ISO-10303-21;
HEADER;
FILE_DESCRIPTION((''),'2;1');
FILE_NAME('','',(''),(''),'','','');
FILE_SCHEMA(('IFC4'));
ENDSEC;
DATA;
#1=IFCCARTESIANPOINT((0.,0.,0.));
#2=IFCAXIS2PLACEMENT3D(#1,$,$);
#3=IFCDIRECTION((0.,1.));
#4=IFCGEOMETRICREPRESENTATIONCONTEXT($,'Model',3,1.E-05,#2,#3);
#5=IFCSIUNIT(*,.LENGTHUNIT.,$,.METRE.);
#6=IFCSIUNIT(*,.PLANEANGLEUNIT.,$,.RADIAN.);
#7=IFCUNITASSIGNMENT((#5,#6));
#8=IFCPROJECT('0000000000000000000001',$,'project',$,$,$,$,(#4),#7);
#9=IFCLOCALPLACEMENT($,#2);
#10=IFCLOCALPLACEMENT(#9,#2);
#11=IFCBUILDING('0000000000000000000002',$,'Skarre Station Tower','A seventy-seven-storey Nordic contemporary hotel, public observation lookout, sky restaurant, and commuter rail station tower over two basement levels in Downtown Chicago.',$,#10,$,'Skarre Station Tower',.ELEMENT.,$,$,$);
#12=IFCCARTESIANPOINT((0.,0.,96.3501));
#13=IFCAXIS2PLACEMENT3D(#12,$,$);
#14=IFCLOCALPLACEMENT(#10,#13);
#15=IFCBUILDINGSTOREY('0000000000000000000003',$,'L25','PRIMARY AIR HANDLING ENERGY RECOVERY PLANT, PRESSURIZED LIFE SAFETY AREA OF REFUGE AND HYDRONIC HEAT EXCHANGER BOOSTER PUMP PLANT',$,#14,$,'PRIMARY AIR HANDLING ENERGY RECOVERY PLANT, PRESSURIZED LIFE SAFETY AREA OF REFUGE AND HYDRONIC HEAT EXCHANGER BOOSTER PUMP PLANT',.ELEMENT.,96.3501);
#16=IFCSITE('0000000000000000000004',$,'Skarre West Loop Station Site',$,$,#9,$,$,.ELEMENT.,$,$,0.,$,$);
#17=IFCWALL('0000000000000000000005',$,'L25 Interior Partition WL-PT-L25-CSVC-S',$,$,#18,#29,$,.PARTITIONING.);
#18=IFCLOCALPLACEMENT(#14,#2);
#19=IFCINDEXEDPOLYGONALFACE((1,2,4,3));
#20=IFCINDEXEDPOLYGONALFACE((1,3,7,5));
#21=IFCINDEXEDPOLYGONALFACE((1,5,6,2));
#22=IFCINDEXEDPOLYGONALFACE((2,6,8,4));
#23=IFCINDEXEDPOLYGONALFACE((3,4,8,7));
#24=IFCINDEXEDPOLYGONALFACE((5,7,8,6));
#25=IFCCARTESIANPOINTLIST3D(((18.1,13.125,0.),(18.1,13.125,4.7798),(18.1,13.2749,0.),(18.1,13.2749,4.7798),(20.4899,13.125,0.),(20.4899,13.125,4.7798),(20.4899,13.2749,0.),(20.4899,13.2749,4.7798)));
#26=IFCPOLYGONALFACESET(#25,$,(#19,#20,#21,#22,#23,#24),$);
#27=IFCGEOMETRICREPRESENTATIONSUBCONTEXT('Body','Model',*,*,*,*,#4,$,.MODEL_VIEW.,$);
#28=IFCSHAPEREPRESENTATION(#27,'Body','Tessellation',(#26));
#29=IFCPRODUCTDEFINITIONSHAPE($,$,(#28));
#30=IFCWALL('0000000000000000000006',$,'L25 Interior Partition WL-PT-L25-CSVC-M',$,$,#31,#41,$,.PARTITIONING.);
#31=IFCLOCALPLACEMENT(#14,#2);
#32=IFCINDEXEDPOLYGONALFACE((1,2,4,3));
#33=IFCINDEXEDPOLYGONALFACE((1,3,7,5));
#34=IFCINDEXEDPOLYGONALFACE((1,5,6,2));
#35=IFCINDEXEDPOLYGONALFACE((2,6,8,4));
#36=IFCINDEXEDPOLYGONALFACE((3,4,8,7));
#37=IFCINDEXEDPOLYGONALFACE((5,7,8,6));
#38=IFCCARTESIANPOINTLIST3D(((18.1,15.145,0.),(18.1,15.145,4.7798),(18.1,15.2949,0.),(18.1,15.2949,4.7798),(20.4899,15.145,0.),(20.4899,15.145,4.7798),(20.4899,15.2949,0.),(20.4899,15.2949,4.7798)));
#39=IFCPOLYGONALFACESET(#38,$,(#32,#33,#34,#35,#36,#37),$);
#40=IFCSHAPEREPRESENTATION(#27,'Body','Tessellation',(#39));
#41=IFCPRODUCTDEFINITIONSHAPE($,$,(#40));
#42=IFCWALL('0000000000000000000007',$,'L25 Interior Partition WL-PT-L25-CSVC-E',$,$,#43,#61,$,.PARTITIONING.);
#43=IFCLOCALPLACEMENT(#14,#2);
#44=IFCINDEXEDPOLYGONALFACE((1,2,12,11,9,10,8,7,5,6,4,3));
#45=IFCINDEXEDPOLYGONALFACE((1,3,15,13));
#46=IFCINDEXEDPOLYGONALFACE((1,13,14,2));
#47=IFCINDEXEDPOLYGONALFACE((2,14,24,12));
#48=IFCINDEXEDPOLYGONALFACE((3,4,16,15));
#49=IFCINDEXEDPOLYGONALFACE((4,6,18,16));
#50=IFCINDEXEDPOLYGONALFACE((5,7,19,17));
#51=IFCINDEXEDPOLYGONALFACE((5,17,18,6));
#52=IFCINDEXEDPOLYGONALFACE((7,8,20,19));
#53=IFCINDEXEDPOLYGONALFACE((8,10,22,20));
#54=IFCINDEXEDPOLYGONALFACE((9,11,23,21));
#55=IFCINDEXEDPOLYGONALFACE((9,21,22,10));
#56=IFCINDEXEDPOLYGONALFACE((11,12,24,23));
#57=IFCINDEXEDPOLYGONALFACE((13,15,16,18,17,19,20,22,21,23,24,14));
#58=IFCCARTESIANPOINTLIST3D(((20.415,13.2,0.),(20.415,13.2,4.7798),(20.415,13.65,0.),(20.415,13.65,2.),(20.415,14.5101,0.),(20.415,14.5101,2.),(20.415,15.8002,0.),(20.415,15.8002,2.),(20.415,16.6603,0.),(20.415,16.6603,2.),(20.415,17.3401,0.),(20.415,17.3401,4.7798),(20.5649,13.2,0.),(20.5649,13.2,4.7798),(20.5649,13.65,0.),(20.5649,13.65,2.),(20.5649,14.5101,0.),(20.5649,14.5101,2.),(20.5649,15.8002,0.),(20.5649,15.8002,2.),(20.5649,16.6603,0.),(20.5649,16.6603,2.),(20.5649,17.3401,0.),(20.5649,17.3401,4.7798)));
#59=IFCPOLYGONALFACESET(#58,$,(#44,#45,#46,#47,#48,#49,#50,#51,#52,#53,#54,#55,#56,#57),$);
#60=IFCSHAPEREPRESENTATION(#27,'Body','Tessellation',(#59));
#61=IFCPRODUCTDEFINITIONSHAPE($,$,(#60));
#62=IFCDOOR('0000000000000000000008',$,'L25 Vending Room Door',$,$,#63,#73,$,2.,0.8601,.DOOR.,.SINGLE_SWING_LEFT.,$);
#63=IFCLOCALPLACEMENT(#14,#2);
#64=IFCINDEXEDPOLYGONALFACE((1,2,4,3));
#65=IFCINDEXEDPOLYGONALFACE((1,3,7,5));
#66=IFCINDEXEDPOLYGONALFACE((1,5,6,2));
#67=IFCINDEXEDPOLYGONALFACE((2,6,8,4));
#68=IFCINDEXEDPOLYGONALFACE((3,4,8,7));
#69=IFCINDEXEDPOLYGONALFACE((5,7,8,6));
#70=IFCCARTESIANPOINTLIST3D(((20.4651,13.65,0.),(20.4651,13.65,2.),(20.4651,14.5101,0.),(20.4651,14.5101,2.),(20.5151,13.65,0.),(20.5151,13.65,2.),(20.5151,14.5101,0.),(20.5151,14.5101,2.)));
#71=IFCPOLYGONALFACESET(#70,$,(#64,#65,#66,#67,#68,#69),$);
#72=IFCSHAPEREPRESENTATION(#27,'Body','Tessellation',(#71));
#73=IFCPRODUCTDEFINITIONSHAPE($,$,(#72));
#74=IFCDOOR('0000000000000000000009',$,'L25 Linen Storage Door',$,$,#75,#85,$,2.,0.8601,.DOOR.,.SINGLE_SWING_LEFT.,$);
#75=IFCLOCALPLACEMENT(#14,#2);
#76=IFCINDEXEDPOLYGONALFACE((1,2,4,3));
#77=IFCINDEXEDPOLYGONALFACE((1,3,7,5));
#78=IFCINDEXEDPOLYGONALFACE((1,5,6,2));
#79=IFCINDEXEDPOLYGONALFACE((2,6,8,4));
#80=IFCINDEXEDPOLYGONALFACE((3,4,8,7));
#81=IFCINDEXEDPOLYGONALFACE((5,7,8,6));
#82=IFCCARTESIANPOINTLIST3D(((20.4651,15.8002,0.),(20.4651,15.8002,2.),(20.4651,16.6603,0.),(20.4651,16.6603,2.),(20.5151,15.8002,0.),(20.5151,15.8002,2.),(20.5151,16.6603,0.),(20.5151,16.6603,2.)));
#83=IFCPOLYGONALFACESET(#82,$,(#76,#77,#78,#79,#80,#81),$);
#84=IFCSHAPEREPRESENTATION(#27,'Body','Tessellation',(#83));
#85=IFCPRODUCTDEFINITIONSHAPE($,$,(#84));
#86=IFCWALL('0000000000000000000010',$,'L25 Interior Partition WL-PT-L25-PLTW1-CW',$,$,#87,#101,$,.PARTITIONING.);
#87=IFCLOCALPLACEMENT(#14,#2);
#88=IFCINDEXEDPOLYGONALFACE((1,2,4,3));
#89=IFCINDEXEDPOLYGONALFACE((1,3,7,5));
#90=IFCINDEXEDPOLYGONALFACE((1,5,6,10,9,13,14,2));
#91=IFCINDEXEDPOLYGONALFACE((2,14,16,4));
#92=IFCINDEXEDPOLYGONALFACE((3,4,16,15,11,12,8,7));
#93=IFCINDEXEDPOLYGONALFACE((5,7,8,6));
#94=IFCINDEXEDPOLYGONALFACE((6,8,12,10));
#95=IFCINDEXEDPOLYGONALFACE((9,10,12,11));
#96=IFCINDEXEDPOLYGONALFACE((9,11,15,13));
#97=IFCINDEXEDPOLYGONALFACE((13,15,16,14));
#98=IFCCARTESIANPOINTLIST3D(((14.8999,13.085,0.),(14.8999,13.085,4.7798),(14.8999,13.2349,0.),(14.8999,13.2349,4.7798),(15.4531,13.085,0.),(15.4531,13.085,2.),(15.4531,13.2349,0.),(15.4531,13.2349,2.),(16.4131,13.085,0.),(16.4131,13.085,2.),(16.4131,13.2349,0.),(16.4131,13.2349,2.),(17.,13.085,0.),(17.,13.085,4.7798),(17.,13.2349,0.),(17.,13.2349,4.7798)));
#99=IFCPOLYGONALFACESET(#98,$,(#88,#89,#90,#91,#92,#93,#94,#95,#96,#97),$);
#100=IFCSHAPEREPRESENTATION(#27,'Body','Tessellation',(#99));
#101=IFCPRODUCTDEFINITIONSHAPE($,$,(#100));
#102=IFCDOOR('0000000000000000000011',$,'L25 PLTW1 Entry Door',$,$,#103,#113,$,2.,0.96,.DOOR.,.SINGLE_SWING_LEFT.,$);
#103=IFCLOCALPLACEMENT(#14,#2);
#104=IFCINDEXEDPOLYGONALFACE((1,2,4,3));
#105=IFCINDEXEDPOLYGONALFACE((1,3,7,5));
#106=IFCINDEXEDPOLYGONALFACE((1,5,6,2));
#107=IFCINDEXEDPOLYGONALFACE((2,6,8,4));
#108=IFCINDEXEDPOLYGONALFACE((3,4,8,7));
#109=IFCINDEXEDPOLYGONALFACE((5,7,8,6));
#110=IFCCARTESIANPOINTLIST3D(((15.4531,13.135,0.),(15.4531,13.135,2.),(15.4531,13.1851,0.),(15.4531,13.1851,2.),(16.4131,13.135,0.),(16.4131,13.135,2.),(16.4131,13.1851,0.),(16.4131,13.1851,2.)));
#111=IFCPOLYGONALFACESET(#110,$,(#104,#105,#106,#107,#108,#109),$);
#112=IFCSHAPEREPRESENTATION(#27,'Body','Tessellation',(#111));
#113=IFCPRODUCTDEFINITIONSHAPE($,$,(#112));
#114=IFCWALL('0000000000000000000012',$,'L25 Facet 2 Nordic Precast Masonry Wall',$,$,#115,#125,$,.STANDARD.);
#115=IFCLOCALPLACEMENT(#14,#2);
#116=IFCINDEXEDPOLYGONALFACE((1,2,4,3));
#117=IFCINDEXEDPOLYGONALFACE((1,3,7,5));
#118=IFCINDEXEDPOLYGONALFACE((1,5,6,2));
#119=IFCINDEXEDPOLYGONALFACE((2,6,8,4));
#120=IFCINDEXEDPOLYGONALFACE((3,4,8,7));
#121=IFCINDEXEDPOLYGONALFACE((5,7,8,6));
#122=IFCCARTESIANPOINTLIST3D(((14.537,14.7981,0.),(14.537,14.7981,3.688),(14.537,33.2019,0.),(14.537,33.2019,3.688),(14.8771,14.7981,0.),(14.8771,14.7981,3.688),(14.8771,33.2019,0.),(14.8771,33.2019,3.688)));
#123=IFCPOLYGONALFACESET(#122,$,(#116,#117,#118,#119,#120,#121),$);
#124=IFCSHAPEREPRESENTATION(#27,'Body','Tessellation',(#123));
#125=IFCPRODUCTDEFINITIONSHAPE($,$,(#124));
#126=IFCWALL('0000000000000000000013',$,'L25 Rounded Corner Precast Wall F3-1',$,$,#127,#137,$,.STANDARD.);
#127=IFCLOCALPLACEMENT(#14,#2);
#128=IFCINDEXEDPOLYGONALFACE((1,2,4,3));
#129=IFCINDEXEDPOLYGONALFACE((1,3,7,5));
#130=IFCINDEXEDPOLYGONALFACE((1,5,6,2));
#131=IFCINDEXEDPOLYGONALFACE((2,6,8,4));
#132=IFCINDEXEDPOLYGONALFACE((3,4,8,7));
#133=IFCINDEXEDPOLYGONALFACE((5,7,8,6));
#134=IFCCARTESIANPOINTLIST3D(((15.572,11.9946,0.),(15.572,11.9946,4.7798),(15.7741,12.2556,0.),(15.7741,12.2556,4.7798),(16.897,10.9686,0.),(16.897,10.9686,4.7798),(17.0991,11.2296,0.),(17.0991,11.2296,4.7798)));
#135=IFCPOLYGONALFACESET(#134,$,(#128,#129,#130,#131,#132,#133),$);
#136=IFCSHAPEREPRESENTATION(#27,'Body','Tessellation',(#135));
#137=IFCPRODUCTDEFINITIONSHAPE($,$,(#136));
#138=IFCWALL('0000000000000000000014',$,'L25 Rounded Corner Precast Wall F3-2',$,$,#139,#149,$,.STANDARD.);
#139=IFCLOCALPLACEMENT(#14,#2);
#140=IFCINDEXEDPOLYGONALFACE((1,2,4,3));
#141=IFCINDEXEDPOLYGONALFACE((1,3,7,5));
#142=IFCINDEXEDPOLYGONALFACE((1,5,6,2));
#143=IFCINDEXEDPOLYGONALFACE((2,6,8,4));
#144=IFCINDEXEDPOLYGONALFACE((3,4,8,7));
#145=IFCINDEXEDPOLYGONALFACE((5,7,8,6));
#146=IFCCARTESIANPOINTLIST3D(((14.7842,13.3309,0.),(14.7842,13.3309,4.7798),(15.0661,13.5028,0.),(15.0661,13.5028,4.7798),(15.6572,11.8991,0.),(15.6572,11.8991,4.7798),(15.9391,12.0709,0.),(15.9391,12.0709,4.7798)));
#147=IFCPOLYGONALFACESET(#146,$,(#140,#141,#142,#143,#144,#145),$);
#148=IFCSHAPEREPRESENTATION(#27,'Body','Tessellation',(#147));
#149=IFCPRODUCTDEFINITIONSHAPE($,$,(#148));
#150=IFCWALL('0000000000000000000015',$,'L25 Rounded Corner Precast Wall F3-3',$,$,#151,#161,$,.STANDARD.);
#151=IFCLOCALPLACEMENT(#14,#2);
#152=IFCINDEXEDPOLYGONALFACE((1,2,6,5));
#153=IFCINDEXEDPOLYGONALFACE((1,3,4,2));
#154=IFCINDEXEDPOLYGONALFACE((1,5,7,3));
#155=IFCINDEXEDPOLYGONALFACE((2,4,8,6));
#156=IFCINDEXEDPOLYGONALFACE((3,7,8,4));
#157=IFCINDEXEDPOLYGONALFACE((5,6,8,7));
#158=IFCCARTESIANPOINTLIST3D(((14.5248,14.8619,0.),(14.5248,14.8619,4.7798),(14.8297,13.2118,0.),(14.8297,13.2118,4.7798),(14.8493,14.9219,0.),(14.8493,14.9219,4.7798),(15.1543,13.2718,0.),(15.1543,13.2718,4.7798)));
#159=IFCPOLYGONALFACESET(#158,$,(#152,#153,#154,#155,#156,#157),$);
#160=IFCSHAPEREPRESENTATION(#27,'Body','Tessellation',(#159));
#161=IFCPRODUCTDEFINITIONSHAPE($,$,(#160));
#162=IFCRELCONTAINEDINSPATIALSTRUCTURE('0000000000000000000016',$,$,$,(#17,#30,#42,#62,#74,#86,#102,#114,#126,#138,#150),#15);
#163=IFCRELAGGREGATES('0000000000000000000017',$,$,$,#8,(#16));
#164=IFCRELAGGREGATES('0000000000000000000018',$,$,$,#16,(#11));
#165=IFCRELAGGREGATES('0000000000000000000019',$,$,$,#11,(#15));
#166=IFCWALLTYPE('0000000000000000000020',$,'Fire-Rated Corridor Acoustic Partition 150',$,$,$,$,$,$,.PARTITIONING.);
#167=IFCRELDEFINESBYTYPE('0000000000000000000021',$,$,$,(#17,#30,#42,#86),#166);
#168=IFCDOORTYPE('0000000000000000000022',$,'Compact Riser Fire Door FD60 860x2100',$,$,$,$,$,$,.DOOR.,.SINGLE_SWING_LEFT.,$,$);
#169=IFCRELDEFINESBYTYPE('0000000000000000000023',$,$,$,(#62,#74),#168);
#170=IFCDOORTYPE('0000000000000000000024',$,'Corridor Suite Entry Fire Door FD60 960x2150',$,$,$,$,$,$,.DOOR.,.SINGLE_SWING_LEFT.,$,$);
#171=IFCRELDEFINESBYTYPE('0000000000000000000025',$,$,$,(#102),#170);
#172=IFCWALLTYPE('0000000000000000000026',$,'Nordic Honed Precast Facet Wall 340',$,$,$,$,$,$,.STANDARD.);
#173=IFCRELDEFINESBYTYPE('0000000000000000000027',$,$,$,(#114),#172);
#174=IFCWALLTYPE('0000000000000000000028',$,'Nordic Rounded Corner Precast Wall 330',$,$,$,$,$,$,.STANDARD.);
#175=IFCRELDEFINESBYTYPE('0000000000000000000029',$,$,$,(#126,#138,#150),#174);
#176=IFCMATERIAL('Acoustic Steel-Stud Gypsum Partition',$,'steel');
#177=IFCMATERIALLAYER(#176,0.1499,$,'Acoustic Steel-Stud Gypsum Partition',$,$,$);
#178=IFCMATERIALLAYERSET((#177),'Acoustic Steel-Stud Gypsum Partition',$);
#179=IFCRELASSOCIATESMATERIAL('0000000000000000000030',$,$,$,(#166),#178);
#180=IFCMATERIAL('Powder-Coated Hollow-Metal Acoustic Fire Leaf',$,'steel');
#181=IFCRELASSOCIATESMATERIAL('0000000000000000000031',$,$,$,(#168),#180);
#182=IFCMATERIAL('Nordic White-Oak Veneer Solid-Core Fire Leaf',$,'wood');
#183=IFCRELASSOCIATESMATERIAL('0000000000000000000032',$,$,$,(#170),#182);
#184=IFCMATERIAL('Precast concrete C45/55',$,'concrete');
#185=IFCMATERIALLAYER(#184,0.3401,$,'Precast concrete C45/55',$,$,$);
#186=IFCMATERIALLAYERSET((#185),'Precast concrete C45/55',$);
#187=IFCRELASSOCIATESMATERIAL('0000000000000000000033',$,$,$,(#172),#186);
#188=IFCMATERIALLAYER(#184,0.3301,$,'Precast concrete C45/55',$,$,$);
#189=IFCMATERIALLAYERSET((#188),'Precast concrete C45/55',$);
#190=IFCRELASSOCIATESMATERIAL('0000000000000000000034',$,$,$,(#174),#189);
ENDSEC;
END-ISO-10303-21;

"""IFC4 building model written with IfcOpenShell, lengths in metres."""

from ifc_helpers import new_model, si_unit, direction, frame, frame_2d, origin, place, context, subcontext, project, spatial, rectangle, extrude, material, layer, layer_set, type_object, element, fill, save


model = new_model("IFC4")

# Units and contexts
model_context = context("Model", 3, precision=1e-05, world=origin(), true_north=direction((0.0, 1.0)))
body_context = subcontext(model_context, "Body", "Model", "MODEL_VIEW")
ifc_project = project(units=[si_unit("LENGTHUNIT", "METRE"), si_unit("PLANEANGLEUNIT", "RADIAN")], contexts=[model_context])

# Site, building, storey
site_placement = place(None, origin())
site = spatial("IfcSite", under=ifc_project, at=site_placement, Name="Skarre West Loop Station Site", CompositionType="ELEMENT", RefElevation=0.0)
building_placement = place(site_placement, origin())
building = spatial("IfcBuilding", under=site, at=building_placement, Name="Skarre Station Tower", Description="A seventy-seven-storey Nordic contemporary hotel, public observation lookout, sky restaurant, and commuter rail station tower over two basement levels in Downtown Chicago.", LongName="Skarre Station Tower", CompositionType="ELEMENT")
storey_placement = place(building_placement, frame((0.0, 0.0, 96.3501)))
storey = spatial("IfcBuildingStorey", under=building, at=storey_placement, Name="L25", Description="PRIMARY AIR HANDLING ENERGY RECOVERY PLANT, PRESSURIZED LIFE SAFETY AREA OF REFUGE AND HYDRONIC HEAT EXCHANGER BOOSTER PUMP PLANT", LongName="PRIMARY AIR HANDLING ENERGY RECOVERY PLANT, PRESSURIZED LIFE SAFETY AREA OF REFUGE AND HYDRONIC HEAT EXCHANGER BOOSTER PUMP PLANT", CompositionType="ELEMENT", Elevation=96.3501)

# Walls
ifc_material_1 = material(Name="Acoustic Steel-Stud Gypsum Partition", Category="steel")
ifc_layer_1 = layer(ifc_material_1, 0.1499, Name="Acoustic Steel-Stud Gypsum Partition")
ifc_layer_set_1 = layer_set([ifc_layer_1], Name="Acoustic Steel-Stud Gypsum Partition")
wall_type_1 = type_object("IfcWallType", Name="Fire-Rated Corridor Acoustic Partition 150", PredefinedType="PARTITIONING", material=ifc_layer_set_1)
for number, where, z_axis, x_axis, name in (
    (1, (18.1001, 13.2, 0.0), (0.0, 0.0, 1.0), (1.0, 0.0, 0.0), "L25 Interior Partition WL-PT-L25-CSVC-S"),
    (2, (18.1001, 15.22, 0.0), (0.0, 0.0, 1.0), (1.0, 0.0, 0.0), "L25 Interior Partition WL-PT-L25-CSVC-M"),
):
    element("IfcWall", number, at=place(storey_placement, frame(where, z_axis=z_axis, x_axis=x_axis)), inside=storey, type_object=wall_type_1, Name=name, PredefinedType="PARTITIONING", context=body_context, shape_type="SweptSolid", body=[
        extrude(rectangle(XDim=2.3899, YDim=0.1499, at=frame_2d((1.1948, 0.0))), origin(), (0.0, 0.0, 1.0), 4.7798),
    ])

# Wall, openings, doors
wall_1_placement = place(storey_placement, frame((20.49, 13.2, 0.0), z_axis=(0.0, 0.0, 1.0), x_axis=(0.0, 1.0, 0.0)))
wall_1 = element("IfcWall", 3, at=wall_1_placement, inside=storey, type_object=wall_type_1, Name="L25 Interior Partition WL-PT-L25-CSVC-E", PredefinedType="PARTITIONING", context=body_context, shape_type="SweptSolid", body=[
    extrude(rectangle(XDim=4.1401, YDim=0.1499, at=frame_2d((2.0701, 0.0))), origin(), (0.0, 0.0, 1.0), 4.7798),
])
opening_1_placement = place(wall_1_placement, frame((0.45, 0.0, 0.0)))
opening_1 = element("IfcOpeningElement", 4, at=opening_1_placement, cuts=wall_1, PredefinedType="OPENING", context=body_context, shape_type="SweptSolid", body=[
    extrude(rectangle(XDim=0.8601, YDim=2.0, at=frame_2d((0.4302, 1.0))), frame((0.0, 0.085, 0.0), z_axis=(0.0, -1.0, 0.0), x_axis=(1.0, 0.0, 0.0)), (0.0, 0.0, 1.0), 0.1699),
])
opening_2_placement = place(wall_1_placement, frame((2.6001, 0.0, 0.0)))
opening_2 = element("IfcOpeningElement", 5, at=opening_2_placement, cuts=wall_1, PredefinedType="OPENING", context=body_context, shape_type="SweptSolid", body=[
    extrude(rectangle(XDim=0.8601, YDim=2.0, at=frame_2d((0.4302, 1.0))), frame((0.0, 0.085, 0.0), z_axis=(0.0, -1.0, 0.0), x_axis=(1.0, 0.0, 0.0)), (0.0, 0.0, 1.0), 0.1699),
])
ifc_material_2 = material(Name="Powder-Coated Hollow-Metal Acoustic Fire Leaf", Category="steel")
door_type_1 = type_object("IfcDoorType", Name="Compact Riser Fire Door FD60 860x2100", OperationType="SINGLE_SWING_LEFT", PredefinedType="DOOR", material=ifc_material_2)
door_1_placement = place(opening_1_placement, origin())
door_1 = element("IfcDoor", 6, at=door_1_placement, inside=storey, type_object=door_type_1, Name="L25 Vending Room Door", OperationType="SINGLE_SWING_LEFT", OverallHeight=2.0, OverallWidth=0.8601, PredefinedType="DOOR", context=body_context, shape_type="SweptSolid", body=[
    extrude(rectangle(XDim=0.8601, YDim=2.0, at=frame_2d((0.4302, 1.0))), frame((0.0, 0.0249, 0.0), z_axis=(0.0, -1.0, 0.0), x_axis=(1.0, 0.0, 0.0)), (0.0, 0.0, 1.0), 0.05),
])
fill(opening_1, door_1)
door_2_placement = place(opening_2_placement, origin())
door_2 = element("IfcDoor", 7, at=door_2_placement, inside=storey, type_object=door_type_1, Name="L25 Linen Storage Door", OperationType="SINGLE_SWING_LEFT", OverallHeight=2.0, OverallWidth=0.8601, PredefinedType="DOOR", context=body_context, shape_type="SweptSolid", body=[
    extrude(rectangle(XDim=0.8601, YDim=2.0, at=frame_2d((0.4302, 1.0))), frame((0.0, 0.0249, 0.0), z_axis=(0.0, -1.0, 0.0), x_axis=(1.0, 0.0, 0.0)), (0.0, 0.0, 1.0), 0.05),
])
fill(opening_2, door_2)

# Wall, opening, door
wall_2_placement = place(storey_placement, frame((17.0, 13.1599, 0.0), z_axis=(0.0, 0.0, 1.0), x_axis=(-1.0, 0.0, 0.0)))
wall_2 = element("IfcWall", 8, at=wall_2_placement, inside=storey, type_object=wall_type_1, Name="L25 Interior Partition WL-PT-L25-PLTW1-CW", PredefinedType="PARTITIONING", context=body_context, shape_type="SweptSolid", body=[
    extrude(rectangle(XDim=2.1001, YDim=0.1499, at=frame_2d((1.05, 0.0))), origin(), (0.0, 0.0, 1.0), 4.7798),
])
opening_3_placement = place(wall_2_placement, frame((0.5869, 0.0, 0.0)))
opening_3 = element("IfcOpeningElement", 9, at=opening_3_placement, cuts=wall_2, PredefinedType="OPENING", context=body_context, shape_type="SweptSolid", body=[
    extrude(rectangle(XDim=0.96, YDim=2.0, at=frame_2d((0.48, 1.0))), frame((0.0, 0.085, 0.0), z_axis=(0.0, -1.0, 0.0), x_axis=(1.0, 0.0, 0.0)), (0.0, 0.0, 1.0), 0.1699),
])
ifc_material_3 = material(Name="Nordic White-Oak Veneer Solid-Core Fire Leaf", Category="wood")
door_type_2 = type_object("IfcDoorType", Name="Corridor Suite Entry Fire Door FD60 960x2150", OperationType="SINGLE_SWING_LEFT", PredefinedType="DOOR", material=ifc_material_3)
door_3_placement = place(opening_3_placement, origin())
door_3 = element("IfcDoor", 10, at=door_3_placement, inside=storey, type_object=door_type_2, Name="L25 PLTW1 Entry Door", OperationType="SINGLE_SWING_LEFT", OverallHeight=2.0, OverallWidth=0.96, PredefinedType="DOOR", context=body_context, shape_type="SweptSolid", body=[
    extrude(rectangle(XDim=0.96, YDim=2.0, at=frame_2d((0.48, 1.0))), frame((0.0, 0.0249, 0.0), z_axis=(0.0, -1.0, 0.0), x_axis=(1.0, 0.0, 0.0)), (0.0, 0.0, 1.0), 0.05),
])
fill(opening_3, door_3)

# Walls
ifc_material_4 = material(Name="Precast concrete C45/55", Category="concrete")
ifc_layer_2 = layer(ifc_material_4, 0.3401, Name="Precast concrete C45/55")
ifc_layer_set_2 = layer_set([ifc_layer_2], Name="Precast concrete C45/55")
wall_type_2 = type_object("IfcWallType", Name="Nordic Honed Precast Facet Wall 340", PredefinedType="STANDARD", material=ifc_layer_set_2)
wall_3_placement = place(storey_placement, frame((14.707, 14.7981, 0.0), z_axis=(0.0, 0.0, 1.0), x_axis=(0.0, 1.0, 0.0)))
element("IfcWall", 11, at=wall_3_placement, inside=storey, type_object=wall_type_2, Name="L25 Facet 2 Nordic Precast Masonry Wall", PredefinedType="STANDARD", context=body_context, shape_type="SweptSolid", body=[
    extrude(rectangle(XDim=18.4038, YDim=0.3401, at=frame_2d((9.2019, 0.0))), origin(), (0.0, 0.0, 1.0), 3.688),
])
ifc_layer_3 = layer(ifc_material_4, 0.3301, Name="Precast concrete C45/55")
ifc_layer_set_3 = layer_set([ifc_layer_3], Name="Precast concrete C45/55")
wall_type_3 = type_object("IfcWallType", Name="Nordic Rounded Corner Precast Wall 330", PredefinedType="STANDARD", material=ifc_layer_set_3)
wall_4_placement = place(storey_placement, frame((16.998, 11.0991, 0.0), z_axis=(0.0, 0.0, 1.0), x_axis=(-0.790692, 0.612214, 0.0)))
element("IfcWall", 12, at=wall_4_placement, inside=storey, type_object=wall_type_3, Name="L25 Rounded Corner Precast Wall F3-1", PredefinedType="STANDARD", context=body_context, shape_type="SweptSolid", body=[
    extrude(rectangle(XDim=1.6758, YDim=0.3301, at=frame_2d((0.8379, 0.0))), origin(), (0.0, 0.0, 1.0), 4.7798),
])
wall_5_placement = place(storey_placement, frame((15.7981, 11.9851, 0.0), z_axis=(0.0, 0.0, 1.0), x_axis=(-0.520584, 0.85381, 0.0)))
element("IfcWall", 13, at=wall_5_placement, inside=storey, type_object=wall_type_3, Name="L25 Rounded Corner Precast Wall F3-2", PredefinedType="STANDARD", context=body_context, shape_type="SweptSolid", body=[
    extrude(rectangle(XDim=1.677, YDim=0.3301, at=frame_2d((0.8384, 0.0))), origin(), (0.0, 0.0, 1.0), 4.7798),
])
wall_6_placement = place(storey_placement, frame((14.9919, 13.2419, 0.0), z_axis=(0.0, 0.0, 1.0), x_axis=(-0.181714, 0.983351, 0.0)))
element("IfcWall", 14, at=wall_6_placement, inside=storey, type_object=wall_type_3, Name="L25 Rounded Corner Precast Wall F3-3", PredefinedType="STANDARD", context=body_context, shape_type="SweptSolid", body=[
    extrude(rectangle(XDim=1.678, YDim=0.3301, at=frame_2d((0.8389, 0.0))), origin(), (0.0, 0.0, 1.0), 4.7798),
])

save(model, "model.ifc")
